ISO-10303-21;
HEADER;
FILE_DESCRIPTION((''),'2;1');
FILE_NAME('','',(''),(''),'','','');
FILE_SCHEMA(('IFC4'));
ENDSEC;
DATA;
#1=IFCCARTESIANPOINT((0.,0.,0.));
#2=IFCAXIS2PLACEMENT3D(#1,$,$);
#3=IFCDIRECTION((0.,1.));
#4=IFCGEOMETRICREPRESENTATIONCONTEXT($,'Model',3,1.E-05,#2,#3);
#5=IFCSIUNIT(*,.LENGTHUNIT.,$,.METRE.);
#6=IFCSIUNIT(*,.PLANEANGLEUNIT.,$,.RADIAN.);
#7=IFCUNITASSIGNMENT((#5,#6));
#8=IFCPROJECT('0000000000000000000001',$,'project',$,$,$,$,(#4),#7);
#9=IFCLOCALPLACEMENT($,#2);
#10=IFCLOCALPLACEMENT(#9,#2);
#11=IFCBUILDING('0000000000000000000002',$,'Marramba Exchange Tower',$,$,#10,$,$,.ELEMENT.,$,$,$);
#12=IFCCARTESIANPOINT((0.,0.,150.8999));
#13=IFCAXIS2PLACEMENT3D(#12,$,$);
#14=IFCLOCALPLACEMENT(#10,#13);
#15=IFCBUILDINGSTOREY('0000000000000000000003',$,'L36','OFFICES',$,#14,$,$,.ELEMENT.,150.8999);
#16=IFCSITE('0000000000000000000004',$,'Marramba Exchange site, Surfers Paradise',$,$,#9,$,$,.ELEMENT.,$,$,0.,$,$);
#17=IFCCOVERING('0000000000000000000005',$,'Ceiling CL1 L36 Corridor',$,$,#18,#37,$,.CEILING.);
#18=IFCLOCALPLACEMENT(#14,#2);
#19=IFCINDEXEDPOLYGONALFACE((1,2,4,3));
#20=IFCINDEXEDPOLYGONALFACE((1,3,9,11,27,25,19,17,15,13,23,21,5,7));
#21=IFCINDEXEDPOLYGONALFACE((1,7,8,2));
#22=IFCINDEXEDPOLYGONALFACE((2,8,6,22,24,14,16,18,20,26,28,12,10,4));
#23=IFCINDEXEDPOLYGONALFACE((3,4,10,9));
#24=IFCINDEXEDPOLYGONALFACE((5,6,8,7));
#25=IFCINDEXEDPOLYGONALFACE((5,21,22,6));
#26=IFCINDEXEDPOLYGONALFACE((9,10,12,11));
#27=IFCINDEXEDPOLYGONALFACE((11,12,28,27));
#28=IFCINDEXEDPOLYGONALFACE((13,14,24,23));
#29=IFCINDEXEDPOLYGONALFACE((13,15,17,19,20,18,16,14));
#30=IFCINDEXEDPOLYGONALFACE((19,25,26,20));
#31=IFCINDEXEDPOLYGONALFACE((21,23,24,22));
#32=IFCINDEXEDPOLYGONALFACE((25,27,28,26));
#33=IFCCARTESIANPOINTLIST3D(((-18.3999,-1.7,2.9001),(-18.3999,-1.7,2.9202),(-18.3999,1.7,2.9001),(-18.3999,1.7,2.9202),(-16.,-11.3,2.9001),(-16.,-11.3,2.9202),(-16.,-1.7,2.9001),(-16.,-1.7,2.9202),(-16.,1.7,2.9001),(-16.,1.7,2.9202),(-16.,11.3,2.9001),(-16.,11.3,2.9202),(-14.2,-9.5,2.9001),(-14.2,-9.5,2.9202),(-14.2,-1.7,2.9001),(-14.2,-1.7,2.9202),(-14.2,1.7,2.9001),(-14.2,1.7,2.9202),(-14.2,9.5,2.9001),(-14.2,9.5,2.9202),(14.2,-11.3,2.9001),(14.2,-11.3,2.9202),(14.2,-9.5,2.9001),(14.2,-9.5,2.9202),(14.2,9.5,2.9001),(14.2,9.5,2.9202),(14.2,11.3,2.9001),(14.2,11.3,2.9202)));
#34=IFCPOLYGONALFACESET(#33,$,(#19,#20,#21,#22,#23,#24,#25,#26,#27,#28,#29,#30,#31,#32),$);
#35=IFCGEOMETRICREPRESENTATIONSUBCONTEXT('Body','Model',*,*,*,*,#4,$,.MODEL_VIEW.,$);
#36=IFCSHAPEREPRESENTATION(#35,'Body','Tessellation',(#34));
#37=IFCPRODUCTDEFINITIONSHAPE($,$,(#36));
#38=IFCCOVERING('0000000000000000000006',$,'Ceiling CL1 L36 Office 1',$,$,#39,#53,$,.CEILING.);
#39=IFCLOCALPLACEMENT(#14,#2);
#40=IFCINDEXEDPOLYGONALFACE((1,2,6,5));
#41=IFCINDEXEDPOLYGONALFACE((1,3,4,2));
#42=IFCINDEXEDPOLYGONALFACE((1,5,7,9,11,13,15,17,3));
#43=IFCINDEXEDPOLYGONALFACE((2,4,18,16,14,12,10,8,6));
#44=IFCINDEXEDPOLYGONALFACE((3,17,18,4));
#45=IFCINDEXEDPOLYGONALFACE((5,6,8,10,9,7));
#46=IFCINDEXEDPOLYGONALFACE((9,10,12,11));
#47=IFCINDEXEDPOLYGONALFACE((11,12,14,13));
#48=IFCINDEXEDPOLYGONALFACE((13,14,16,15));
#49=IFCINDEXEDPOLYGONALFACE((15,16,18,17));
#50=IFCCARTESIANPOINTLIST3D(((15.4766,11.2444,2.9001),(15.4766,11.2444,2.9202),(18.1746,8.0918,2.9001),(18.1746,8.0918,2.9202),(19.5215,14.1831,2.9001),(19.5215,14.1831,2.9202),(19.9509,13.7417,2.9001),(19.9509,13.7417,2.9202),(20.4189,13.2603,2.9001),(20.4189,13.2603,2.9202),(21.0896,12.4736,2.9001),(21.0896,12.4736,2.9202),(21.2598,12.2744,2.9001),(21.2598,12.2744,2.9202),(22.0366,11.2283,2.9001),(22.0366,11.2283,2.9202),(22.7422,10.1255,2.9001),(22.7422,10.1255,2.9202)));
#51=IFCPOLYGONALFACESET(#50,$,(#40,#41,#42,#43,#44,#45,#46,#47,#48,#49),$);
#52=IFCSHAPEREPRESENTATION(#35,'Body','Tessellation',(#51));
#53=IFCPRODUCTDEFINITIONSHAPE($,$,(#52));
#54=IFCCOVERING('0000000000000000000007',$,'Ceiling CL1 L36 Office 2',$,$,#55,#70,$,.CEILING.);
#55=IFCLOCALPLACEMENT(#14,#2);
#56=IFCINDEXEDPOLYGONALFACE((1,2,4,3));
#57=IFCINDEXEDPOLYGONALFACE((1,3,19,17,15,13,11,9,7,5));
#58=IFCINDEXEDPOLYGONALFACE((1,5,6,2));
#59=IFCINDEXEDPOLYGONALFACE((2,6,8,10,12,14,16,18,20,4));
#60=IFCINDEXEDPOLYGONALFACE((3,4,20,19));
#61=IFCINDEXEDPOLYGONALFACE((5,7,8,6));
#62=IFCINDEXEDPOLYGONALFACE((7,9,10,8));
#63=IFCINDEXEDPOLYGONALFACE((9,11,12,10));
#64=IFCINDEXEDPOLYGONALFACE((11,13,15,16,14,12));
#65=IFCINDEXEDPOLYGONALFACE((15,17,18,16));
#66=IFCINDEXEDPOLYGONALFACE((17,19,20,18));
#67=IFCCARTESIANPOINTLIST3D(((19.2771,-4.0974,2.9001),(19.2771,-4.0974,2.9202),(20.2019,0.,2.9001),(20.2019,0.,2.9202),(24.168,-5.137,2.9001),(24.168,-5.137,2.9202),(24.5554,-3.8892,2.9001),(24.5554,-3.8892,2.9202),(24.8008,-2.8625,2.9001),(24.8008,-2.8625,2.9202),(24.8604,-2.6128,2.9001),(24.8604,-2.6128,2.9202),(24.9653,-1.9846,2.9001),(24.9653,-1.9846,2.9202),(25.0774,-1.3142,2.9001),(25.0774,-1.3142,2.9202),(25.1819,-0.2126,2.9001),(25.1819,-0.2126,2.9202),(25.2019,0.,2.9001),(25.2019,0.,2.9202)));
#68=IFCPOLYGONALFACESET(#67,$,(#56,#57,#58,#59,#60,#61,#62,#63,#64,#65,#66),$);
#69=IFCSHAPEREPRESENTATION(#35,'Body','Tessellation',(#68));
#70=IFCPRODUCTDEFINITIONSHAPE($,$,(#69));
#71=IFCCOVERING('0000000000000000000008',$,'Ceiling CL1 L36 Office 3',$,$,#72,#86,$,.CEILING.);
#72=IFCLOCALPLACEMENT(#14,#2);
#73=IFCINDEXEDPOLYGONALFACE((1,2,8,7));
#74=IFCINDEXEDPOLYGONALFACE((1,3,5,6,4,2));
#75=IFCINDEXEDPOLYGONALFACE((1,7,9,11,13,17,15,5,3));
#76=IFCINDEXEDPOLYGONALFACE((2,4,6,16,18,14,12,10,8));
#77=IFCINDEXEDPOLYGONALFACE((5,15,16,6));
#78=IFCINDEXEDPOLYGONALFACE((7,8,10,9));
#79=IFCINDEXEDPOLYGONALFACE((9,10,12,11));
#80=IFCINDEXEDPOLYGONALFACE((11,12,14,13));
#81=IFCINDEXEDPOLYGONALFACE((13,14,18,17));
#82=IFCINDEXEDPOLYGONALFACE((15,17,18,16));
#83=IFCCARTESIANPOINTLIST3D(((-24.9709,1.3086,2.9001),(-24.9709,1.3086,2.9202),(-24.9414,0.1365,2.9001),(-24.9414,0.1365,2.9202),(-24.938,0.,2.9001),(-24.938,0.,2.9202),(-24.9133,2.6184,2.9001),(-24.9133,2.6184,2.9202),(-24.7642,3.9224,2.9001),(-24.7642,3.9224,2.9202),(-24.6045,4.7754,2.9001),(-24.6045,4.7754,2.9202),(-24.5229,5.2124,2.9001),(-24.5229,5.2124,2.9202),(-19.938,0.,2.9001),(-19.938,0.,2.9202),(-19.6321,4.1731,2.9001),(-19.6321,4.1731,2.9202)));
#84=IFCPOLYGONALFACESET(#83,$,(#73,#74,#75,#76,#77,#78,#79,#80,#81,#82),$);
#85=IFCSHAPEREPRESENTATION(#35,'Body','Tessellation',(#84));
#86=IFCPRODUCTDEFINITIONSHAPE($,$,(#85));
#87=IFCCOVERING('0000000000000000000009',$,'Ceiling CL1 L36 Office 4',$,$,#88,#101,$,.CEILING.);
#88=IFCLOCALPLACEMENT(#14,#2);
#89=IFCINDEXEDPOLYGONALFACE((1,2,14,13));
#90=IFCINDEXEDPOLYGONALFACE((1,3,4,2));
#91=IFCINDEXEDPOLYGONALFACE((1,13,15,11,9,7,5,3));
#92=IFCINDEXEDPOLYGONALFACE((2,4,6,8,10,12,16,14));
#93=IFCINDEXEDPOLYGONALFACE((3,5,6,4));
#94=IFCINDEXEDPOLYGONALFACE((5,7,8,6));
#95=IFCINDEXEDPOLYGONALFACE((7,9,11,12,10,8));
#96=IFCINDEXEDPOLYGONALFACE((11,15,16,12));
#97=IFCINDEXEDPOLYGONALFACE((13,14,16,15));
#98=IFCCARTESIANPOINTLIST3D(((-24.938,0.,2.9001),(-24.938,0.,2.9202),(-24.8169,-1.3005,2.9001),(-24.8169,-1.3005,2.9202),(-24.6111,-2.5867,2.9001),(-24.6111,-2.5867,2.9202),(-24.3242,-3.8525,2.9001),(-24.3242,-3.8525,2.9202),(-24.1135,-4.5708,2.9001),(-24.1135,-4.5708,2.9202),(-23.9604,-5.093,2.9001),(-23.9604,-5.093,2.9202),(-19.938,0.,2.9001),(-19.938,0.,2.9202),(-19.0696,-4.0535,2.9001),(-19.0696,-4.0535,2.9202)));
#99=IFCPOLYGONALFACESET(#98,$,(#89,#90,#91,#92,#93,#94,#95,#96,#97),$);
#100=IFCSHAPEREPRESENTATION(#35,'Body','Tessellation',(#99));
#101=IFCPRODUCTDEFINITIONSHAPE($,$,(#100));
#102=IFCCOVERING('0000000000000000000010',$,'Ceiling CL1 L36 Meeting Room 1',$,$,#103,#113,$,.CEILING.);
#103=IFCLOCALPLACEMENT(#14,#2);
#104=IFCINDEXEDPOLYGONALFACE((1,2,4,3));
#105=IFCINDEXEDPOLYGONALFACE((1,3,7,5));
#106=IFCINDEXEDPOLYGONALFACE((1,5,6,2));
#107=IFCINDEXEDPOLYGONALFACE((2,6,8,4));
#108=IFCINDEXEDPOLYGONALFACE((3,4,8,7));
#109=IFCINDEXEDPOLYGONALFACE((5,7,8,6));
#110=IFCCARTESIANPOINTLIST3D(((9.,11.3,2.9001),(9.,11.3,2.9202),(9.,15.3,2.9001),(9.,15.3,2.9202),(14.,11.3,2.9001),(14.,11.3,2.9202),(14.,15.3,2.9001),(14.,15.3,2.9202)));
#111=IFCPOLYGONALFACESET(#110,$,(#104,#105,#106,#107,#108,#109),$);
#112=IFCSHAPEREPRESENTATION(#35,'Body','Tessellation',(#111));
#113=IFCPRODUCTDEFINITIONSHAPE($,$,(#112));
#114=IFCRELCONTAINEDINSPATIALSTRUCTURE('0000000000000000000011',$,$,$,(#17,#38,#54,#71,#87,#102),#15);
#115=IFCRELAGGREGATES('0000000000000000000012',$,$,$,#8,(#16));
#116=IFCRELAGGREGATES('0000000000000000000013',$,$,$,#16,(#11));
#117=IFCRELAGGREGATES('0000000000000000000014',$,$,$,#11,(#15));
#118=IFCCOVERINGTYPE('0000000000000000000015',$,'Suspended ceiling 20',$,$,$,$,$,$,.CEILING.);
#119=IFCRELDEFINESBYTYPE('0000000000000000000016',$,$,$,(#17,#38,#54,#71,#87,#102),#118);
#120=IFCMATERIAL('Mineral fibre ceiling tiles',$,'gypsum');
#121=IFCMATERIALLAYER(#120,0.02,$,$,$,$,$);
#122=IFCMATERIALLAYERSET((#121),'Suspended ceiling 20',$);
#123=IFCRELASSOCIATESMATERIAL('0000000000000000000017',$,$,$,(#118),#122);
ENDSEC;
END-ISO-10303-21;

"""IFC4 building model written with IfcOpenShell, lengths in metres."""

from ifc_helpers import new_model, si_unit, direction, frame, origin, place, context, subcontext, project, spatial, polyline, outline, extrude, material, layer, layer_set, type_object, element, save


model = new_model("IFC4")

# Units and contexts
model_context = context("Model", 3, precision=1e-05, world=origin(), true_north=direction((0.0, 1.0)))
body_context = subcontext(model_context, "Body", "Model", "MODEL_VIEW")
ifc_project = project(units=[si_unit("LENGTHUNIT", "METRE"), si_unit("PLANEANGLEUNIT", "RADIAN")], contexts=[model_context])

# Site, building, storey
site_placement = place(None, origin())
site = spatial("IfcSite", under=ifc_project, at=site_placement, Name="Marramba Exchange site, Surfers Paradise", CompositionType="ELEMENT", RefElevation=0.0)
building_placement = place(site_placement, origin())
building = spatial("IfcBuilding", under=site, at=building_placement, Name="Marramba Exchange Tower", CompositionType="ELEMENT")
storey_placement = place(building_placement, frame((0.0, 0.0, 150.8999)))
storey = spatial("IfcBuildingStorey", under=building, at=storey_placement, Name="L36", Description="OFFICES", CompositionType="ELEMENT", Elevation=150.8999)

# Coverings
ifc_material_1 = material(Name="Mineral fibre ceiling tiles", Category="gypsum")
ifc_layer_1 = layer(ifc_material_1, 0.02)
ifc_layer_set_1 = layer_set([ifc_layer_1], Name="Suspended ceiling 20")
covering_type = type_object("IfcCoveringType", Name="Suspended ceiling 20", PredefinedType="CEILING", material=ifc_layer_set_1)
covering_1_placement = place(storey_placement, frame((0.0, 0.0, 2.9001)))
element("IfcCovering", 1, at=covering_1_placement, inside=storey, type_object=covering_type, Name="Ceiling CL1 L36 Corridor", PredefinedType="CEILING", context=body_context, shape_type="SweptSolid", body=[
    extrude(outline(polyline([(14.2, -11.3), (-16.0, -11.3), (-16.0, -1.7), (-18.3999, -1.7), (-18.3999, 1.7), (-16.0, 1.7), (-16.0, 11.3), (14.2, 11.3), (14.2, 9.5), (-14.2, 9.5), (-14.2, 1.7), (-14.2, -1.7), (-14.2, -9.5), (14.2, -9.5), (14.2, -11.3)])), origin(), (0.0, 0.0, 1.0), 0.02),
])
covering_2_placement = place(storey_placement, frame((0.0, 0.0, 2.9001)))
element("IfcCovering", 2, at=covering_2_placement, inside=storey, type_object=covering_type, Name="Ceiling CL1 L36 Office 1", PredefinedType="CEILING", context=body_context, shape_type="SweptSolid", body=[
    extrude(outline(polyline([(19.9509, 13.7417), (20.4189, 13.2603), (21.0896, 12.4736), (21.2598, 12.2744), (22.0366, 11.2283), (22.7422, 10.1255), (18.1746, 8.0918), (15.4766, 11.2444), (19.5215, 14.1831), (19.9509, 13.7417)])), origin(), (0.0, 0.0, 1.0), 0.02),
])
covering_3_placement = place(storey_placement, frame((0.0, 0.0, 2.9001)))
element("IfcCovering", 3, at=covering_3_placement, inside=storey, type_object=covering_type, Name="Ceiling CL1 L36 Office 2", PredefinedType="CEILING", context=body_context, shape_type="SweptSolid", body=[
    extrude(outline(polyline([(25.1819, -0.2126), (25.0774, -1.3142), (24.9653, -1.9846), (24.8604, -2.6128), (24.8008, -2.8625), (24.5554, -3.8892), (24.168, -5.137), (19.2771, -4.0974), (20.2019, 0.0), (25.2019, 0.0), (25.1819, -0.2126)])), origin(), (0.0, 0.0, 1.0), 0.02),
])
covering_4_placement = place(storey_placement, frame((0.0, 0.0, 2.9001)))
element("IfcCovering", 4, at=covering_4_placement, inside=storey, type_object=covering_type, Name="Ceiling CL1 L36 Office 3", PredefinedType="CEILING", context=body_context, shape_type="SweptSolid", body=[
    extrude(outline(polyline([(-24.9414, 0.1365), (-24.9709, 1.3086), (-24.9133, 2.6184), (-24.7642, 3.9224), (-24.6045, 4.7754), (-24.5229, 5.2124), (-19.6321, 4.1731), (-19.938, 0.0), (-24.938, 0.0), (-24.9414, 0.1365)])), origin(), (0.0, 0.0, 1.0), 0.02),
])
covering_5_placement = place(storey_placement, frame((0.0, 0.0, 2.9001)))
element("IfcCovering", 5, at=covering_5_placement, inside=storey, type_object=covering_type, Name="Ceiling CL1 L36 Office 4", PredefinedType="CEILING", context=body_context, shape_type="SweptSolid", body=[
    extrude(outline(polyline([(-24.1135, -4.5708), (-24.3242, -3.8525), (-24.6111, -2.5867), (-24.8169, -1.3005), (-24.938, 0.0), (-19.938, 0.0), (-19.0696, -4.0535), (-23.9604, -5.093), (-24.1135, -4.5708)])), origin(), (0.0, 0.0, 1.0), 0.02),
])
covering_6_placement = place(storey_placement, frame((0.0, 0.0, 2.9001)))
element("IfcCovering", 6, at=covering_6_placement, inside=storey, type_object=covering_type, Name="Ceiling CL1 L36 Meeting Room 1", PredefinedType="CEILING", context=body_context, shape_type="SweptSolid", body=[
    extrude(outline(polyline([(14.0, 11.3), (9.0, 11.3), (9.0, 15.3), (14.0, 15.3), (14.0, 11.3)])), origin(), (0.0, 0.0, 1.0), 0.02),
])

save(model, "model.ifc")
